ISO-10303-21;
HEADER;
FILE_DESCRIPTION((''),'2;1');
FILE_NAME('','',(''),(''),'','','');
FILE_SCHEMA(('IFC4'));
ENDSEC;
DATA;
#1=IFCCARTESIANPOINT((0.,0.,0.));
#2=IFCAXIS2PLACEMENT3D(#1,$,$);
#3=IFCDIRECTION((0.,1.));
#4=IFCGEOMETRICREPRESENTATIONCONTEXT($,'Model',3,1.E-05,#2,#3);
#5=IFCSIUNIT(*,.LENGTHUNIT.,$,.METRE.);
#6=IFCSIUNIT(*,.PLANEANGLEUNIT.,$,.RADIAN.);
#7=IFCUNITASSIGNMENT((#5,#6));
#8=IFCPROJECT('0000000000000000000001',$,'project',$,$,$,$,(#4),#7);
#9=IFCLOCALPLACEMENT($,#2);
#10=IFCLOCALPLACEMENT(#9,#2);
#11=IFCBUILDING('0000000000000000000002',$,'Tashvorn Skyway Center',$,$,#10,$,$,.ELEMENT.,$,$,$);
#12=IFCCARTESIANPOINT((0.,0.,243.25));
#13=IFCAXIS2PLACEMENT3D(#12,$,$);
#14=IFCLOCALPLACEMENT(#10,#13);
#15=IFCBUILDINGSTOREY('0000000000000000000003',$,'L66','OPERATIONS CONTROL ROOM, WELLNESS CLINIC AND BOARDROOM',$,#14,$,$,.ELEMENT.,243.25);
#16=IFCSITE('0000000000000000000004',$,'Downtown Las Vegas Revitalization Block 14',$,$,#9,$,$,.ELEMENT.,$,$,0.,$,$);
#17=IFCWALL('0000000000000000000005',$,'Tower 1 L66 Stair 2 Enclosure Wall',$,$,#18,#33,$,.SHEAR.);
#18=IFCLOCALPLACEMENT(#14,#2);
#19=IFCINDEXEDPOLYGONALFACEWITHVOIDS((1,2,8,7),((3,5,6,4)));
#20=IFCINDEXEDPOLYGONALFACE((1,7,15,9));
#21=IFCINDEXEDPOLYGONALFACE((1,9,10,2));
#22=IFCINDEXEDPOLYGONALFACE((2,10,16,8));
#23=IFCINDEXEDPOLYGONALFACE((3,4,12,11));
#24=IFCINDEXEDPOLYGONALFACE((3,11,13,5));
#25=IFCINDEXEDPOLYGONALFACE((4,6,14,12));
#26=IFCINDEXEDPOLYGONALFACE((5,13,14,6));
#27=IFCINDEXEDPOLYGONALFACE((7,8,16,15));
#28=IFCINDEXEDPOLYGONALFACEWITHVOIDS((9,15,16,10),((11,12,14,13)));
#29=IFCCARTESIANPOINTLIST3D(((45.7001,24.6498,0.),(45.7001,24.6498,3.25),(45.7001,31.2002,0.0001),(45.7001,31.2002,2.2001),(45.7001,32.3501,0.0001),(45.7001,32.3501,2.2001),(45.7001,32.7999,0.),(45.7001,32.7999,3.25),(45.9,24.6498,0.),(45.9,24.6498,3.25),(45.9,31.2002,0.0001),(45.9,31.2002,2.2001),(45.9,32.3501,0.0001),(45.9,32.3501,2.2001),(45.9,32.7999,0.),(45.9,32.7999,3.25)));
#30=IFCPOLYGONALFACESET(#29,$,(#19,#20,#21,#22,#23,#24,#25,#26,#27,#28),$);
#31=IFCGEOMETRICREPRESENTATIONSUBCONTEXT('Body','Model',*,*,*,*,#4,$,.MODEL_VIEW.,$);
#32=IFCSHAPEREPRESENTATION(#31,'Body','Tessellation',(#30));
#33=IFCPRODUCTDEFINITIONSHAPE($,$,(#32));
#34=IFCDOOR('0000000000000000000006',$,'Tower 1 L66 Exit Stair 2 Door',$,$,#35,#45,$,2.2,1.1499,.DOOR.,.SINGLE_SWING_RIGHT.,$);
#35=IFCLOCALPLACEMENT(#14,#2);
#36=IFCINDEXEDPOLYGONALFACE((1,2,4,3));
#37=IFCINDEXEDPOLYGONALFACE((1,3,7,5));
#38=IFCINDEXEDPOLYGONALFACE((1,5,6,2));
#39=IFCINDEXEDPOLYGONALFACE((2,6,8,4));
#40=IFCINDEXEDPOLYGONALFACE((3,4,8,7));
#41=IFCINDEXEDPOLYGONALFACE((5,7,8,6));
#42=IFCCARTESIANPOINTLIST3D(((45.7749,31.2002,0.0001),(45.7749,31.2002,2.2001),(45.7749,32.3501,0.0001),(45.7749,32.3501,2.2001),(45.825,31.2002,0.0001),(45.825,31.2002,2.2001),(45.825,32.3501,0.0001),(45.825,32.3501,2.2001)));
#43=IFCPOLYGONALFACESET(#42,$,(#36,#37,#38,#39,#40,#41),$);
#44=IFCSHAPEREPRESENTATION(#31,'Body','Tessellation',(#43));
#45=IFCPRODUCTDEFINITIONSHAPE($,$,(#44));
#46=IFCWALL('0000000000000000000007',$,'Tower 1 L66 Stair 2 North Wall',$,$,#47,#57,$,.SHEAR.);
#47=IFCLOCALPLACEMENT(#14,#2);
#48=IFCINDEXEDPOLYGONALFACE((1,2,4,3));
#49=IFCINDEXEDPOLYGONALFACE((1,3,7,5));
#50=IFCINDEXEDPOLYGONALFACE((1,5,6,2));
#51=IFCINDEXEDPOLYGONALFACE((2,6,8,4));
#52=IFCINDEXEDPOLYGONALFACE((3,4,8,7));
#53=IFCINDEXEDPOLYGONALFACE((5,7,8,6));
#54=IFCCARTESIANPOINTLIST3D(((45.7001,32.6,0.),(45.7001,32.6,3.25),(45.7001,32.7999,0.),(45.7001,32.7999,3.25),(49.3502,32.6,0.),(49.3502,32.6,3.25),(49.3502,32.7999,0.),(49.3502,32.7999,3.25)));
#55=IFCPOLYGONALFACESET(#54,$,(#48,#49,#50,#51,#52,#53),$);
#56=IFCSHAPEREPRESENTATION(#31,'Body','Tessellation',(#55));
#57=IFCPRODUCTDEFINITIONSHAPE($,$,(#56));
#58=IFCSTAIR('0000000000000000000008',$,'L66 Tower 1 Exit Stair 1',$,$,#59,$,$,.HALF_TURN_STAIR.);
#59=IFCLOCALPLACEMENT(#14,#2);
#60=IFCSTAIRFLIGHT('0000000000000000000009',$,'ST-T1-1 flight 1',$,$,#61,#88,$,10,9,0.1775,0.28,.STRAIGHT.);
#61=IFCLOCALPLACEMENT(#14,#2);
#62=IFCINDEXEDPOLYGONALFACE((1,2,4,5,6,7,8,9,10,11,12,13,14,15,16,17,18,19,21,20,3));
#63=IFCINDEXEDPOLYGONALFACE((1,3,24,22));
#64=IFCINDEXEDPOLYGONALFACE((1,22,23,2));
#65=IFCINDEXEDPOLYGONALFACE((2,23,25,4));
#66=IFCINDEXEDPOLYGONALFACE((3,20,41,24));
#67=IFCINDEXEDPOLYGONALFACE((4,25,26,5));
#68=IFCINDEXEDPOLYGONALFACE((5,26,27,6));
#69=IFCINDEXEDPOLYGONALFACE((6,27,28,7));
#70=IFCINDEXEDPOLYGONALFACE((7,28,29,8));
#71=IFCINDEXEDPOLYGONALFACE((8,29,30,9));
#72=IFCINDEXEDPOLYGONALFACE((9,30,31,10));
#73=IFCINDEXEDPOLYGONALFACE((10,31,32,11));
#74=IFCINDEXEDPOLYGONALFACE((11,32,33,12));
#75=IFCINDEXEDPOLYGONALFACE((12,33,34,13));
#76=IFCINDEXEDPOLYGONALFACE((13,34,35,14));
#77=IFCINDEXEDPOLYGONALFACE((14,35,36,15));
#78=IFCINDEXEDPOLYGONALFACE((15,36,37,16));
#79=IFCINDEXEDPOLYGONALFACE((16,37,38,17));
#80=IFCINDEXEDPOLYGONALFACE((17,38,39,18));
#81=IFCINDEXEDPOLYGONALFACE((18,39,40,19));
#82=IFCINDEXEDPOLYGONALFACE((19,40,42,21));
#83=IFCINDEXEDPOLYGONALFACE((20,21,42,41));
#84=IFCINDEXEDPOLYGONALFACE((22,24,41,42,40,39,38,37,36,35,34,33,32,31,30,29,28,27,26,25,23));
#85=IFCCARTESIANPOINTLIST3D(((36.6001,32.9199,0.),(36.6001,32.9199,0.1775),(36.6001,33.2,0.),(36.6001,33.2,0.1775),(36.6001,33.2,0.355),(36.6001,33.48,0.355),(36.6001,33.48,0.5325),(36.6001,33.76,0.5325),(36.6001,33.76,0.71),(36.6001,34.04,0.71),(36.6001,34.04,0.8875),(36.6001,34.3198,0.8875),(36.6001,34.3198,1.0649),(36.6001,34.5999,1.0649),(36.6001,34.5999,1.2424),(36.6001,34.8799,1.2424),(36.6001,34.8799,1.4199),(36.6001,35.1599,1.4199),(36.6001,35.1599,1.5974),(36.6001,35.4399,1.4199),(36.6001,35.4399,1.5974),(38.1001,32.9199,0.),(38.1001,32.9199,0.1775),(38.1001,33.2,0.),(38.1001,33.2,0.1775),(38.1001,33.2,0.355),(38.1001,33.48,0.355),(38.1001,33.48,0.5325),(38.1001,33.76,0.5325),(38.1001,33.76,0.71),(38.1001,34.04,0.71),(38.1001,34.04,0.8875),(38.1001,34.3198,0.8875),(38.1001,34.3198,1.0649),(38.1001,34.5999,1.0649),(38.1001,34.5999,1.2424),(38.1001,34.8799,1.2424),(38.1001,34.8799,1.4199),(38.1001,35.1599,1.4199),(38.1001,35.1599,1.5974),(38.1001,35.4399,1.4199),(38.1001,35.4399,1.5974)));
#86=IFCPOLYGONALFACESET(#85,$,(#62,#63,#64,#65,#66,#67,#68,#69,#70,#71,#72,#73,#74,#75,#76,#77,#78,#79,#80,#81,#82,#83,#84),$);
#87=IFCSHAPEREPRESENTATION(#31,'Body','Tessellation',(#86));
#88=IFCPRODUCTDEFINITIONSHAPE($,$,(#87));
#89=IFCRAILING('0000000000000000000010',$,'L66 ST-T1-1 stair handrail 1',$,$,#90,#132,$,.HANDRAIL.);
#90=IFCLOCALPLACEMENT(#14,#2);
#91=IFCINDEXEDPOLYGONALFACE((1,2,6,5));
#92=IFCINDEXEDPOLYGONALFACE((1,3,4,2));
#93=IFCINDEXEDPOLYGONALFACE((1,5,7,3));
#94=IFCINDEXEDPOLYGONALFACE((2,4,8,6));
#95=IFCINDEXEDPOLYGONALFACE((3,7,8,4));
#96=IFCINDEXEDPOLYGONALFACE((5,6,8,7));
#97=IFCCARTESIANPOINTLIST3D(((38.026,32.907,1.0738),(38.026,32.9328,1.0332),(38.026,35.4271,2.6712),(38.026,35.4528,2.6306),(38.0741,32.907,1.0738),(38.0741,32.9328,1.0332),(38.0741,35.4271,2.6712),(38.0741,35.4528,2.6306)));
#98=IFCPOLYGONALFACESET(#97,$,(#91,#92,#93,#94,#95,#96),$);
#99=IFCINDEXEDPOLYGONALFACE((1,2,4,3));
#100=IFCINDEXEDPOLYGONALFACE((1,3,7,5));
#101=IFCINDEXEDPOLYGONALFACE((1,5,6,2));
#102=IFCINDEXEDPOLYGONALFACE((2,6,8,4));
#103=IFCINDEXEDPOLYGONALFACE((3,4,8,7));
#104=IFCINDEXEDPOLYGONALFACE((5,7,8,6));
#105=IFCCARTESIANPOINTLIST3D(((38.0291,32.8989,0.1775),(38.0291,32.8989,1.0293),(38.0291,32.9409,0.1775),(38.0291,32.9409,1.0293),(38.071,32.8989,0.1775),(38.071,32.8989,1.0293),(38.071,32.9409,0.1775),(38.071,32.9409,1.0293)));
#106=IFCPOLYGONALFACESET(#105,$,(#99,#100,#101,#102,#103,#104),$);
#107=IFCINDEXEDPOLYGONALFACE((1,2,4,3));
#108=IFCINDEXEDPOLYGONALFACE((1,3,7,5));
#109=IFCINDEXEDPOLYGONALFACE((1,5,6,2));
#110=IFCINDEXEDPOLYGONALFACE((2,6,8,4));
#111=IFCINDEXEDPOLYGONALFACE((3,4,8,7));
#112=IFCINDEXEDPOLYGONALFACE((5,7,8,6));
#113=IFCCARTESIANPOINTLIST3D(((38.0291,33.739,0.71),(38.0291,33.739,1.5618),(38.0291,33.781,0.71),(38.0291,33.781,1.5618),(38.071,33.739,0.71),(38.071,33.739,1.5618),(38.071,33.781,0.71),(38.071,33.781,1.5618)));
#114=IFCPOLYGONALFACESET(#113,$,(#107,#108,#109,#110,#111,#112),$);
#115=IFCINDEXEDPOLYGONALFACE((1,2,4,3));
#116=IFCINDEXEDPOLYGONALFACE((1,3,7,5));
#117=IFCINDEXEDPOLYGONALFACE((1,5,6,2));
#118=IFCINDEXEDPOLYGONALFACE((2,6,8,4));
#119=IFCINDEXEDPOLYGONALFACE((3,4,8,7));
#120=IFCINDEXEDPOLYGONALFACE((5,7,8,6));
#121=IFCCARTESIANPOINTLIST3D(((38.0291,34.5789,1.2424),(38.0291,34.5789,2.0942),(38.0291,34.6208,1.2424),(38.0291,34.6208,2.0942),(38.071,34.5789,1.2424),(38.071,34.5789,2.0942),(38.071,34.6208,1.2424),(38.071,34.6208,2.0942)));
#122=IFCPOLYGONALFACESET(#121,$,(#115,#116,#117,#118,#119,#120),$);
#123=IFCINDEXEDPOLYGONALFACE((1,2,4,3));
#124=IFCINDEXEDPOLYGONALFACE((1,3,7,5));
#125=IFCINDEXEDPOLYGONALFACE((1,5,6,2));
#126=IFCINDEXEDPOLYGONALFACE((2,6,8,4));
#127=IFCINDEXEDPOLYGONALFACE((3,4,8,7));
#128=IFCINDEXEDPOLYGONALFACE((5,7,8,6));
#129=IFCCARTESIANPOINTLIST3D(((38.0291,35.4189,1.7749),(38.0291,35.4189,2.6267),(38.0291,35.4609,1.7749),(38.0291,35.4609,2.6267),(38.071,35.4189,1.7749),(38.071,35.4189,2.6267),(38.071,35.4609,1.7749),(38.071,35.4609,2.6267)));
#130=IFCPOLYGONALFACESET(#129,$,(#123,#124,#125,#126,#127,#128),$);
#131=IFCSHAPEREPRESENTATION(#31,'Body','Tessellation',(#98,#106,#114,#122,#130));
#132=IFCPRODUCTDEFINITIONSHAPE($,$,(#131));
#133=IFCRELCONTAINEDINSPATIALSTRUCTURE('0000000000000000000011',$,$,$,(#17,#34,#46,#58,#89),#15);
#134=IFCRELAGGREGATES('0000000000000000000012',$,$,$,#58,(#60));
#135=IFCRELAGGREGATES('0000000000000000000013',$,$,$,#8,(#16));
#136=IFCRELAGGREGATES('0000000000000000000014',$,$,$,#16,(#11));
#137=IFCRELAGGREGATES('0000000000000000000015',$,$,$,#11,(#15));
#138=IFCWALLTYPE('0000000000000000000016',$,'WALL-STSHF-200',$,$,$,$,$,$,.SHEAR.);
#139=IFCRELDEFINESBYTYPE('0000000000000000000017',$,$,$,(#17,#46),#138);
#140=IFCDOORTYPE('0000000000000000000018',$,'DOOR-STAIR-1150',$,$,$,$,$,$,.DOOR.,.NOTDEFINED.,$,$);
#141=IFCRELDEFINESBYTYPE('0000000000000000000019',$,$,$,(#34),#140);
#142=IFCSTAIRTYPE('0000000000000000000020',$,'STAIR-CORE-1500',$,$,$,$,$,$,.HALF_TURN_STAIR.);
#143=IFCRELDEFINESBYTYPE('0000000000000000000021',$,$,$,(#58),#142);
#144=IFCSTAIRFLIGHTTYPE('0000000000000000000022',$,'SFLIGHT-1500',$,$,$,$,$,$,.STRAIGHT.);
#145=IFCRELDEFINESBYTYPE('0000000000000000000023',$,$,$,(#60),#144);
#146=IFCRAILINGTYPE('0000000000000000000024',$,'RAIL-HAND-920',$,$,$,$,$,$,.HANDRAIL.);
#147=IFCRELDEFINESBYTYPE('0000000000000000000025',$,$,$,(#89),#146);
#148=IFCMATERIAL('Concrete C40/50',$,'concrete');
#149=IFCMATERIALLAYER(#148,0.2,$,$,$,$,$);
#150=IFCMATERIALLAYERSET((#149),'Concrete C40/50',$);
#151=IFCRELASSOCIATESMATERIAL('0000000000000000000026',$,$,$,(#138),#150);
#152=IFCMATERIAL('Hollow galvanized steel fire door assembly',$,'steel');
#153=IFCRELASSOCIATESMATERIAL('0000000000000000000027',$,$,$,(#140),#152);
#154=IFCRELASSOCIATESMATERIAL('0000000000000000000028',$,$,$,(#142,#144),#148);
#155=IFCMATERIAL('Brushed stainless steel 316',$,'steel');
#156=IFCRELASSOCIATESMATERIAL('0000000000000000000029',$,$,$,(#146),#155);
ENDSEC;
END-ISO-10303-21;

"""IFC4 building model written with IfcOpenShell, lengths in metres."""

from ifc_helpers import new_model, si_unit, direction, frame, frame_2d, origin, origin_2d, place, context, subcontext, project, spatial, polyline, rectangle, outline, extrude, material, layer, layer_set, type_object, element, fill, aggregate, save


model = new_model("IFC4")

# Units and contexts
model_context = context("Model", 3, precision=1e-05, world=origin(), true_north=direction((0.0, 1.0)))
body_context = subcontext(model_context, "Body", "Model", "MODEL_VIEW")
ifc_project = project(units=[si_unit("LENGTHUNIT", "METRE"), si_unit("PLANEANGLEUNIT", "RADIAN")], contexts=[model_context])

# Site, building, storey
site_placement = place(None, origin())
site = spatial("IfcSite", under=ifc_project, at=site_placement, Name="Downtown Las Vegas Revitalization Block 14", CompositionType="ELEMENT", RefElevation=0.0)
building_placement = place(site_placement, origin())
building = spatial("IfcBuilding", under=site, at=building_placement, Name="Tashvorn Skyway Center", CompositionType="ELEMENT")
storey_placement = place(building_placement, frame((0.0, 0.0, 243.25)))
storey = spatial("IfcBuildingStorey", under=building, at=storey_placement, Name="L66", Description="OPERATIONS CONTROL ROOM, WELLNESS CLINIC AND BOARDROOM", CompositionType="ELEMENT", Elevation=243.25)

# Shared definitions
ifc_material_1 = material(Name="Concrete C40/50", Category="concrete")
ifc_material_2 = material(Name="Hollow galvanized steel fire door assembly", Category="steel")

# Wall, opening, door
ifc_layer_1 = layer(ifc_material_1, 0.2)
ifc_layer_set_1 = layer_set([ifc_layer_1], Name="Concrete C40/50")
wall_type_1 = type_object("IfcWallType", Name="WALL-STSHF-200", PredefinedType="SHEAR", material=ifc_layer_set_1)
wall_1_placement = place(storey_placement, frame((45.8, 32.8, 0.0), z_axis=(0.0, 0.0, 1.0), x_axis=(0.0, -1.0, 0.0)))
wall_1 = element("IfcWall", 1, at=wall_1_placement, inside=storey, type_object=wall_type_1, Name="Tower 1 L66 Stair 2 Enclosure Wall", PredefinedType="SHEAR", context=body_context, shape_type="SweptSolid", body=[
    extrude(rectangle(XDim=8.1501, YDim=0.2, at=frame_2d((4.0752, 0.0))), origin(), (0.0, 0.0, 1.0), 3.25),
])
opening_1_placement = place(wall_1_placement, frame((0.45, 0.0, 0.0)))
opening_1 = element("IfcOpeningElement", 2, at=opening_1_placement, cuts=wall_1, PredefinedType="OPENING", context=body_context, shape_type="SweptSolid", body=[
    extrude(rectangle(XDim=1.1499, YDim=2.2, at=frame_2d((0.575, 1.1001))), frame((0.0, 0.1099, 0.0), z_axis=(0.0, -1.0, 0.0), x_axis=(1.0, 0.0, 0.0)), (0.0, 0.0, 1.0), 0.22),
])
door_type_1 = type_object("IfcDoorType", Name="DOOR-STAIR-1150", OperationType="NOTDEFINED", PredefinedType="DOOR", material=ifc_material_2)
door_1_placement = place(opening_1_placement, origin())
door_1 = element("IfcDoor", 3, at=door_1_placement, inside=storey, type_object=door_type_1, Name="Tower 1 L66 Exit Stair 2 Door", OperationType="SINGLE_SWING_RIGHT", OverallHeight=2.2, OverallWidth=1.1499, PredefinedType="DOOR", context=body_context, shape_type="SweptSolid", body=[
    extrude(rectangle(XDim=1.1499, YDim=2.2, at=frame_2d((0.575, 1.1001))), frame((0.0, 0.0249, 0.0), z_axis=(0.0, -1.0, 0.0), x_axis=(1.0, 0.0, 0.0)), (0.0, 0.0, 1.0), 0.05),
])
fill(opening_1, door_1)

# Wall
wall_2_placement = place(storey_placement, frame((45.7, 32.7, 0.0), z_axis=(0.0, 0.0, 1.0), x_axis=(1.0, 0.0, 0.0)))
element("IfcWall", 4, at=wall_2_placement, inside=storey, type_object=wall_type_1, Name="Tower 1 L66 Stair 2 North Wall", PredefinedType="SHEAR", context=body_context, shape_type="SweptSolid", body=[
    extrude(rectangle(XDim=3.6501, YDim=0.2, at=frame_2d((1.8252, 0.0))), origin(), (0.0, 0.0, 1.0), 3.25),
])

# Stair, stair flight
stair_type = type_object("IfcStairType", Name="STAIR-CORE-1500", PredefinedType="HALF_TURN_STAIR", material=ifc_material_1)
stair_placement = place(storey_placement, origin())
stair = element("IfcStair", 5, at=stair_placement, inside=storey, type_object=stair_type, Name="L66 Tower 1 Exit Stair 1", PredefinedType="HALF_TURN_STAIR")
stair_flight_type = type_object("IfcStairFlightType", Name="SFLIGHT-1500", PredefinedType="STRAIGHT", material=ifc_material_1)
stair_flight_placement = place(storey_placement, frame((37.3501, 32.9199, 0.0), z_axis=(0.0, 0.0, 1.0), x_axis=(0.0, 1.0, 0.0)))
stair_flight = element("IfcStairFlight", 6, at=stair_flight_placement, type_object=stair_flight_type, Name="ST-T1-1 flight 1", NumberOfRisers=10, NumberOfTreads=9, PredefinedType="STRAIGHT", RiserHeight=0.1775, TreadLength=0.28, context=body_context, shape_type="SweptSolid", body=[
    extrude(outline(polyline([(0.0, 0.0), (0.0, 0.1775), (0.28, 0.1775), (0.28, 0.355), (0.5601, 0.355), (0.5601, 0.5325), (0.8401, 0.5325), (0.8401, 0.71), (1.1201, 0.71), (1.1201, 0.8875), (1.3999, 0.8875), (1.3999, 1.0649), (1.6799, 1.0649), (1.6799, 1.2424), (1.96, 1.2424), (1.96, 1.4199), (2.24, 1.4199), (2.24, 1.5974), (2.52, 1.5974), (2.52, 1.7749), (2.52, 1.4199), (0.28, 0.0), (0.0, 0.0)])), frame((0.0, 0.75, 0.0), z_axis=(0.0, -1.0, 0.0), x_axis=(1.0, 0.0, 0.0)), (0.0, 0.0, 1.0), 1.5),
])
aggregate(stair, [stair_flight])

# Railing
ifc_material_3 = material(Name="Brushed stainless steel 316", Category="steel")
railing_type = type_object("IfcRailingType", Name="RAIL-HAND-920", PredefinedType="HANDRAIL", material=ifc_material_3)
railing_placement = place(storey_placement, frame((38.05, 32.9199, 0.1775)))
element("IfcRailing", 7, at=railing_placement, inside=storey, type_object=railing_type, Name="L66 ST-T1-1 stair handrail 1", PredefinedType="HANDRAIL", context=body_context, shape_type="SweptSolid", body=[
    extrude(rectangle(XDim=0.0481, YDim=0.0481, at=origin_2d()), frame((0.0, 0.0, 0.876), z_axis=(0.0, 0.844607, 0.535387), x_axis=(-1.0, 0.0, 0.0)), (0.0, 0.0, 1.0), 2.9836),
    extrude(rectangle(XDim=0.042, YDim=0.042, at=origin_2d()), origin(), (0.0, 0.0, 1.0), 0.8518),
    extrude(rectangle(XDim=0.042, YDim=0.042, at=origin_2d()), frame((0.0, 0.8401, 0.5325)), (0.0, 0.0, 1.0), 0.8518),
    extrude(rectangle(XDim=0.042, YDim=0.042, at=origin_2d()), frame((0.0, 1.6799, 1.0649)), (0.0, 0.0, 1.0), 0.8518),
    extrude(rectangle(XDim=0.042, YDim=0.042, at=origin_2d()), frame((0.0, 2.52, 1.5974)), (0.0, 0.0, 1.0), 0.8518),
])

save(model, "model.ifc")
